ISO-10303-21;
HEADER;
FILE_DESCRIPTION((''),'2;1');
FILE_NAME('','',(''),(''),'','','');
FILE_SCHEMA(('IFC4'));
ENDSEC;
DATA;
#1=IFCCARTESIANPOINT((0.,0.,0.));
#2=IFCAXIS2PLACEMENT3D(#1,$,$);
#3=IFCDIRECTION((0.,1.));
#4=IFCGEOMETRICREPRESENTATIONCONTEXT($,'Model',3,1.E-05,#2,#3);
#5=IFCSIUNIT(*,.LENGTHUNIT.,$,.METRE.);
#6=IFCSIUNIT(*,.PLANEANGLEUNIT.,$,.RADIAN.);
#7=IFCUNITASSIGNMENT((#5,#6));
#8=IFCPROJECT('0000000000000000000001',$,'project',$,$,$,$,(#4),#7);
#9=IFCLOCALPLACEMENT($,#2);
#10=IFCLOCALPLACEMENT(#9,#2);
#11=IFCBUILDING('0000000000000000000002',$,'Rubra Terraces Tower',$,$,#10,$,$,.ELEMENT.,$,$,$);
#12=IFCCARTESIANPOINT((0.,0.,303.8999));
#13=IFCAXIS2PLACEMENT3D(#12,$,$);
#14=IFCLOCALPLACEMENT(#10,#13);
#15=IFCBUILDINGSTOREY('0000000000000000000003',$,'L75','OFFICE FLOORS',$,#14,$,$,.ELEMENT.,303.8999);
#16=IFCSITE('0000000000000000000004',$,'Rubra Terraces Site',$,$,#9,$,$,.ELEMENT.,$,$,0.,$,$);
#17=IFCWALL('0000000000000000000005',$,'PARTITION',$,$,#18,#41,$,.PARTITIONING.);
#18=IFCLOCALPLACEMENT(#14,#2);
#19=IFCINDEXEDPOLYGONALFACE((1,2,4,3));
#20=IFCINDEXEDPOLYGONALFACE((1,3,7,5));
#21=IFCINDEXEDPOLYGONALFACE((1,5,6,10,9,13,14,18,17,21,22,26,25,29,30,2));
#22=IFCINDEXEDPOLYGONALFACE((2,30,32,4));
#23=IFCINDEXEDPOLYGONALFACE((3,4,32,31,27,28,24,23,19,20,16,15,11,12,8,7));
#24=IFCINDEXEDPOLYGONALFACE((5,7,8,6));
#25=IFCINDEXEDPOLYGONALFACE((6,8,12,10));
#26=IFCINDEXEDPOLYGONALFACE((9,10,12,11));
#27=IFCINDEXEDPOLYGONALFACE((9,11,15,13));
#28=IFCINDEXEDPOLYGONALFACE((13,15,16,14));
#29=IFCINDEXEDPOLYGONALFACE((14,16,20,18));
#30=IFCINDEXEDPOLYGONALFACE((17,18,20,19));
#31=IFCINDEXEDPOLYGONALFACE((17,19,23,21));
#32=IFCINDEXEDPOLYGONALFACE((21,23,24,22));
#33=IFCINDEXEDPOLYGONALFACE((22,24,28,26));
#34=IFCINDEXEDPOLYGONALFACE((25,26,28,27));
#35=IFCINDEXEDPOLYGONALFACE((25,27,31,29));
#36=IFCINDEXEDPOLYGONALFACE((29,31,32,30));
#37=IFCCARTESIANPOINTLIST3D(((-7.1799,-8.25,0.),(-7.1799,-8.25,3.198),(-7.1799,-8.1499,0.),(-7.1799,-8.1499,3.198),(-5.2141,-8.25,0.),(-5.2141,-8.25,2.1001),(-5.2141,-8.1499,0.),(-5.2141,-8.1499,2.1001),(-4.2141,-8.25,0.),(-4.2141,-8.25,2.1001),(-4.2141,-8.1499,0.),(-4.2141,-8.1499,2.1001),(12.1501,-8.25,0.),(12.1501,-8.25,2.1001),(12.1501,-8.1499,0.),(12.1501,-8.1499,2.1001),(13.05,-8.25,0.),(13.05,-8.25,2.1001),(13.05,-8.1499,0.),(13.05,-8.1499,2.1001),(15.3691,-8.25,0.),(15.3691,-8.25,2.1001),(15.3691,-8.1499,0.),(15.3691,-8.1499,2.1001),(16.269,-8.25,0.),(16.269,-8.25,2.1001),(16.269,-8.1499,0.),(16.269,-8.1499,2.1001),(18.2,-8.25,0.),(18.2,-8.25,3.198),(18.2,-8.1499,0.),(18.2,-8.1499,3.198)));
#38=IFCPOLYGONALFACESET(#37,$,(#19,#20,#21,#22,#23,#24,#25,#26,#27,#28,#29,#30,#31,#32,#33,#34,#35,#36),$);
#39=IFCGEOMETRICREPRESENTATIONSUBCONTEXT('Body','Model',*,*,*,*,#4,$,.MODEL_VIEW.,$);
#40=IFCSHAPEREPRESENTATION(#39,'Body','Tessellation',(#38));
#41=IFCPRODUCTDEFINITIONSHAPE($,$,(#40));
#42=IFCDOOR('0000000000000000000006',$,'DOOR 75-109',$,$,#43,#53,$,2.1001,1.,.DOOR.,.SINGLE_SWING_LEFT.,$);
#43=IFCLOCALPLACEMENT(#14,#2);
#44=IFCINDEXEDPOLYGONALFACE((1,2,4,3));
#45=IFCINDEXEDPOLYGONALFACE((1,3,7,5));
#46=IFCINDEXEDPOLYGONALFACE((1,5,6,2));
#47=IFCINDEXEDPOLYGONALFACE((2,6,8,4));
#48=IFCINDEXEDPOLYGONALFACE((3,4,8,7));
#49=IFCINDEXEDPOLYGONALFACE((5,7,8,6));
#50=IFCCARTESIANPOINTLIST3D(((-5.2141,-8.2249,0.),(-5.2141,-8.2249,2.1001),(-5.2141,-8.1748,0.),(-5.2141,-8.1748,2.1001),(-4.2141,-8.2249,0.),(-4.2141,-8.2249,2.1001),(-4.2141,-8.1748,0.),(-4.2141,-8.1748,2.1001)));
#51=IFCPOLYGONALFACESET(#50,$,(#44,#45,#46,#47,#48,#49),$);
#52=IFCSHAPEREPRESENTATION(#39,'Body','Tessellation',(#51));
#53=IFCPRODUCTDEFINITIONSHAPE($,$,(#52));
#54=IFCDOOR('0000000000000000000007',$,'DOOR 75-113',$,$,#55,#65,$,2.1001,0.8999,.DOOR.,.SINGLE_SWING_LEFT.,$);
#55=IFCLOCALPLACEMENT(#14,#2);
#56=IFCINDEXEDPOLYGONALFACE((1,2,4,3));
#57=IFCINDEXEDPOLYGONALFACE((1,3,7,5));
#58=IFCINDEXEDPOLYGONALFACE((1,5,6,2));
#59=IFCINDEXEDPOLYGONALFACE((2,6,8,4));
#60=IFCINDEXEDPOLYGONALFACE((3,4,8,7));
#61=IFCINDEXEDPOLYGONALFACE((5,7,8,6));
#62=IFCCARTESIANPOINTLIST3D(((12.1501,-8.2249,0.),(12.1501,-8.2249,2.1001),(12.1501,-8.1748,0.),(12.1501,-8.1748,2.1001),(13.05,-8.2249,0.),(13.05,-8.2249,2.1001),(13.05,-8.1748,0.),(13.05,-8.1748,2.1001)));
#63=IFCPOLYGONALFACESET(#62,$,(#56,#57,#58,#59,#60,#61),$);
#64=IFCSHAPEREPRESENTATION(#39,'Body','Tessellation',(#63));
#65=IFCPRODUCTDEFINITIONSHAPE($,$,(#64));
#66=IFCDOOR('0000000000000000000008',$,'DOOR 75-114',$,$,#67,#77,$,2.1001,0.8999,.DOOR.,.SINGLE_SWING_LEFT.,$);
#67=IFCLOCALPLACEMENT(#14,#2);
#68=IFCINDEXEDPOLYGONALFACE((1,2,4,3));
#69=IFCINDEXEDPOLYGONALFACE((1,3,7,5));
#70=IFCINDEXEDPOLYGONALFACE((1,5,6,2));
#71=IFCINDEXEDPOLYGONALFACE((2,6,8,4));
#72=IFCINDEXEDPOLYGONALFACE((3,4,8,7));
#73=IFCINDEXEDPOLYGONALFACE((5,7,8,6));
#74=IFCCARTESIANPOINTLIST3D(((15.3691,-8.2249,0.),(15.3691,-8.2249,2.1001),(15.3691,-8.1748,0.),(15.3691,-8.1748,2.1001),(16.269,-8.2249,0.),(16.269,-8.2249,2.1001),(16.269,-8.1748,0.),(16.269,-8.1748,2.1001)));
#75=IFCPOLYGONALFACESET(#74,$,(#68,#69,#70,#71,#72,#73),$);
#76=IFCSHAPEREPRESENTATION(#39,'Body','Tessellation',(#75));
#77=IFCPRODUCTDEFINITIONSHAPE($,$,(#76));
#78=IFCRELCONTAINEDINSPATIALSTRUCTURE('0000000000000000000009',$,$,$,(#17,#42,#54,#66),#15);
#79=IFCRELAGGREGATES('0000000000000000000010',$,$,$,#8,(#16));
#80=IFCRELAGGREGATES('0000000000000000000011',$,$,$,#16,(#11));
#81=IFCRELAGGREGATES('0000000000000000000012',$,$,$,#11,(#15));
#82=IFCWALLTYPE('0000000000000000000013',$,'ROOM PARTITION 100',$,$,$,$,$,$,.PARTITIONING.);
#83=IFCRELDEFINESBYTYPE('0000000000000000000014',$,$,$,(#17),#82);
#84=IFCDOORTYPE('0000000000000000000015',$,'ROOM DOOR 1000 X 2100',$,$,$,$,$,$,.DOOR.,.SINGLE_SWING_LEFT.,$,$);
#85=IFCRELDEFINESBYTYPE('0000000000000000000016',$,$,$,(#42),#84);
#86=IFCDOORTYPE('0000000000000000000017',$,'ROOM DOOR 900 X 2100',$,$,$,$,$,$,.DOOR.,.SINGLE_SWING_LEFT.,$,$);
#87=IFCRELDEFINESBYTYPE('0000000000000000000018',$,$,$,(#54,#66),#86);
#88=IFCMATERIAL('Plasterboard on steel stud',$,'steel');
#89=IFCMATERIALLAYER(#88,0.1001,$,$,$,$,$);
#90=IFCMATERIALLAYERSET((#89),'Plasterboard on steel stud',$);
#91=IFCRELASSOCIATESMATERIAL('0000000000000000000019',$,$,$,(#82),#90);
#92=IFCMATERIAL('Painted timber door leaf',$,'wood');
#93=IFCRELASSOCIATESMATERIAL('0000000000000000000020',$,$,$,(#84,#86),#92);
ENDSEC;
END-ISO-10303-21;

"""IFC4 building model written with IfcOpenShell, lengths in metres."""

from ifc_helpers import new_model, si_unit, direction, frame, frame_2d, origin, place, context, subcontext, project, spatial, rectangle, extrude, material, layer, layer_set, type_object, element, fill, save


model = new_model("IFC4")

# Units and contexts
model_context = context("Model", 3, precision=1e-05, world=origin(), true_north=direction((0.0, 1.0)))
body_context = subcontext(model_context, "Body", "Model", "MODEL_VIEW")
ifc_project = project(units=[si_unit("LENGTHUNIT", "METRE"), si_unit("PLANEANGLEUNIT", "RADIAN")], contexts=[model_context])

# Site, building, storey
site_placement = place(None, origin())
site = spatial("IfcSite", under=ifc_project, at=site_placement, Name="Rubra Terraces Site", CompositionType="ELEMENT", RefElevation=0.0)
building_placement = place(site_placement, origin())
building = spatial("IfcBuilding", under=site, at=building_placement, Name="Rubra Terraces Tower", CompositionType="ELEMENT")
storey_placement = place(building_placement, frame((0.0, 0.0, 303.8999)))
storey = spatial("IfcBuildingStorey", under=building, at=storey_placement, Name="L75", Description="OFFICE FLOORS", CompositionType="ELEMENT", Elevation=303.8999)

# Wall, openings, doors
ifc_material_1 = material(Name="Plasterboard on steel stud", Category="steel")
ifc_layer_1 = layer(ifc_material_1, 0.1001)
ifc_layer_set_1 = layer_set([ifc_layer_1], Name="Plasterboard on steel stud")
wall_type_1 = type_object("IfcWallType", Name="ROOM PARTITION 100", PredefinedType="PARTITIONING", material=ifc_layer_set_1)
wall_1_placement = place(storey_placement, frame((18.2, -8.2, 0.0), z_axis=(0.0, 0.0, 1.0), x_axis=(-1.0, 0.0, 0.0)))
wall_1 = element("IfcWall", 1, at=wall_1_placement, inside=storey, type_object=wall_type_1, Name="PARTITION", PredefinedType="PARTITIONING", context=body_context, shape_type="SweptSolid", body=[
    extrude(rectangle(XDim=25.3799, YDim=0.1001, at=frame_2d((12.6899, 0.0))), origin(), (0.0, 0.0, 1.0), 3.198),
])
opening_1_placement = place(wall_1_placement, frame((22.4141, 0.0, 0.0)))
opening_1 = element("IfcOpeningElement", 2, at=opening_1_placement, cuts=wall_1, PredefinedType="OPENING", context=body_context, shape_type="SweptSolid", body=[
    extrude(rectangle(XDim=1.0, YDim=2.1001, at=frame_2d((0.5, 1.05))), frame((0.0, 0.0601, 0.0), z_axis=(0.0, -1.0, 0.0), x_axis=(1.0, 0.0, 0.0)), (0.0, 0.0, 1.0), 0.1201),
])
opening_2_placement = place(wall_1_placement, frame((5.1499, 0.0, 0.0)))
opening_2 = element("IfcOpeningElement", 3, at=opening_2_placement, cuts=wall_1, PredefinedType="OPENING", context=body_context, shape_type="SweptSolid", body=[
    extrude(rectangle(XDim=0.8999, YDim=2.1001, at=frame_2d((0.45, 1.05))), frame((0.0, 0.0601, 0.0), z_axis=(0.0, -1.0, 0.0), x_axis=(1.0, 0.0, 0.0)), (0.0, 0.0, 1.0), 0.1201),
])
opening_3_placement = place(wall_1_placement, frame((1.9309, 0.0, 0.0)))
opening_3 = element("IfcOpeningElement", 4, at=opening_3_placement, cuts=wall_1, PredefinedType="OPENING", context=body_context, shape_type="SweptSolid", body=[
    extrude(rectangle(XDim=0.8999, YDim=2.1001, at=frame_2d((0.45, 1.05))), frame((0.0, 0.0601, 0.0), z_axis=(0.0, -1.0, 0.0), x_axis=(1.0, 0.0, 0.0)), (0.0, 0.0, 1.0), 0.1201),
])
ifc_material_2 = material(Name="Painted timber door leaf", Category="wood")
door_type_1 = type_object("IfcDoorType", Name="ROOM DOOR 1000 X 2100", OperationType="SINGLE_SWING_LEFT", PredefinedType="DOOR", material=ifc_material_2)
door_1_placement = place(opening_1_placement, origin())
door_1 = element("IfcDoor", 5, at=door_1_placement, inside=storey, type_object=door_type_1, Name="DOOR 75-109", OperationType="SINGLE_SWING_LEFT", OverallHeight=2.1001, OverallWidth=1.0, PredefinedType="DOOR", context=body_context, shape_type="SweptSolid", body=[
    extrude(rectangle(XDim=1.0, YDim=2.1001, at=frame_2d((0.5, 1.05))), frame((0.0, 0.0249, 0.0), z_axis=(0.0, -1.0, 0.0), x_axis=(1.0, 0.0, 0.0)), (0.0, 0.0, 1.0), 0.05),
])
fill(opening_1, door_1)
door_type_2 = type_object("IfcDoorType", Name="ROOM DOOR 900 X 2100", OperationType="SINGLE_SWING_LEFT", PredefinedType="DOOR", material=ifc_material_2)
door_2_placement = place(opening_2_placement, origin())
door_2 = element("IfcDoor", 6, at=door_2_placement, inside=storey, type_object=door_type_2, Name="DOOR 75-113", OperationType="SINGLE_SWING_LEFT", OverallHeight=2.1001, OverallWidth=0.8999, PredefinedType="DOOR", context=body_context, shape_type="SweptSolid", body=[
    extrude(rectangle(XDim=0.8999, YDim=2.1001, at=frame_2d((0.45, 1.05))), frame((0.0, 0.0249, 0.0), z_axis=(0.0, -1.0, 0.0), x_axis=(1.0, 0.0, 0.0)), (0.0, 0.0, 1.0), 0.05),
])
fill(opening_2, door_2)
door_3_placement = place(opening_3_placement, origin())
door_3 = element("IfcDoor", 7, at=door_3_placement, inside=storey, type_object=door_type_2, Name="DOOR 75-114", OperationType="SINGLE_SWING_LEFT", OverallHeight=2.1001, OverallWidth=0.8999, PredefinedType="DOOR", context=body_context, shape_type="SweptSolid", body=[
    extrude(rectangle(XDim=0.8999, YDim=2.1001, at=frame_2d((0.45, 1.05))), frame((0.0, 0.0249, 0.0), z_axis=(0.0, -1.0, 0.0), x_axis=(1.0, 0.0, 0.0)), (0.0, 0.0, 1.0), 0.05),
])
fill(opening_3, door_3)

save(model, "model.ifc")
